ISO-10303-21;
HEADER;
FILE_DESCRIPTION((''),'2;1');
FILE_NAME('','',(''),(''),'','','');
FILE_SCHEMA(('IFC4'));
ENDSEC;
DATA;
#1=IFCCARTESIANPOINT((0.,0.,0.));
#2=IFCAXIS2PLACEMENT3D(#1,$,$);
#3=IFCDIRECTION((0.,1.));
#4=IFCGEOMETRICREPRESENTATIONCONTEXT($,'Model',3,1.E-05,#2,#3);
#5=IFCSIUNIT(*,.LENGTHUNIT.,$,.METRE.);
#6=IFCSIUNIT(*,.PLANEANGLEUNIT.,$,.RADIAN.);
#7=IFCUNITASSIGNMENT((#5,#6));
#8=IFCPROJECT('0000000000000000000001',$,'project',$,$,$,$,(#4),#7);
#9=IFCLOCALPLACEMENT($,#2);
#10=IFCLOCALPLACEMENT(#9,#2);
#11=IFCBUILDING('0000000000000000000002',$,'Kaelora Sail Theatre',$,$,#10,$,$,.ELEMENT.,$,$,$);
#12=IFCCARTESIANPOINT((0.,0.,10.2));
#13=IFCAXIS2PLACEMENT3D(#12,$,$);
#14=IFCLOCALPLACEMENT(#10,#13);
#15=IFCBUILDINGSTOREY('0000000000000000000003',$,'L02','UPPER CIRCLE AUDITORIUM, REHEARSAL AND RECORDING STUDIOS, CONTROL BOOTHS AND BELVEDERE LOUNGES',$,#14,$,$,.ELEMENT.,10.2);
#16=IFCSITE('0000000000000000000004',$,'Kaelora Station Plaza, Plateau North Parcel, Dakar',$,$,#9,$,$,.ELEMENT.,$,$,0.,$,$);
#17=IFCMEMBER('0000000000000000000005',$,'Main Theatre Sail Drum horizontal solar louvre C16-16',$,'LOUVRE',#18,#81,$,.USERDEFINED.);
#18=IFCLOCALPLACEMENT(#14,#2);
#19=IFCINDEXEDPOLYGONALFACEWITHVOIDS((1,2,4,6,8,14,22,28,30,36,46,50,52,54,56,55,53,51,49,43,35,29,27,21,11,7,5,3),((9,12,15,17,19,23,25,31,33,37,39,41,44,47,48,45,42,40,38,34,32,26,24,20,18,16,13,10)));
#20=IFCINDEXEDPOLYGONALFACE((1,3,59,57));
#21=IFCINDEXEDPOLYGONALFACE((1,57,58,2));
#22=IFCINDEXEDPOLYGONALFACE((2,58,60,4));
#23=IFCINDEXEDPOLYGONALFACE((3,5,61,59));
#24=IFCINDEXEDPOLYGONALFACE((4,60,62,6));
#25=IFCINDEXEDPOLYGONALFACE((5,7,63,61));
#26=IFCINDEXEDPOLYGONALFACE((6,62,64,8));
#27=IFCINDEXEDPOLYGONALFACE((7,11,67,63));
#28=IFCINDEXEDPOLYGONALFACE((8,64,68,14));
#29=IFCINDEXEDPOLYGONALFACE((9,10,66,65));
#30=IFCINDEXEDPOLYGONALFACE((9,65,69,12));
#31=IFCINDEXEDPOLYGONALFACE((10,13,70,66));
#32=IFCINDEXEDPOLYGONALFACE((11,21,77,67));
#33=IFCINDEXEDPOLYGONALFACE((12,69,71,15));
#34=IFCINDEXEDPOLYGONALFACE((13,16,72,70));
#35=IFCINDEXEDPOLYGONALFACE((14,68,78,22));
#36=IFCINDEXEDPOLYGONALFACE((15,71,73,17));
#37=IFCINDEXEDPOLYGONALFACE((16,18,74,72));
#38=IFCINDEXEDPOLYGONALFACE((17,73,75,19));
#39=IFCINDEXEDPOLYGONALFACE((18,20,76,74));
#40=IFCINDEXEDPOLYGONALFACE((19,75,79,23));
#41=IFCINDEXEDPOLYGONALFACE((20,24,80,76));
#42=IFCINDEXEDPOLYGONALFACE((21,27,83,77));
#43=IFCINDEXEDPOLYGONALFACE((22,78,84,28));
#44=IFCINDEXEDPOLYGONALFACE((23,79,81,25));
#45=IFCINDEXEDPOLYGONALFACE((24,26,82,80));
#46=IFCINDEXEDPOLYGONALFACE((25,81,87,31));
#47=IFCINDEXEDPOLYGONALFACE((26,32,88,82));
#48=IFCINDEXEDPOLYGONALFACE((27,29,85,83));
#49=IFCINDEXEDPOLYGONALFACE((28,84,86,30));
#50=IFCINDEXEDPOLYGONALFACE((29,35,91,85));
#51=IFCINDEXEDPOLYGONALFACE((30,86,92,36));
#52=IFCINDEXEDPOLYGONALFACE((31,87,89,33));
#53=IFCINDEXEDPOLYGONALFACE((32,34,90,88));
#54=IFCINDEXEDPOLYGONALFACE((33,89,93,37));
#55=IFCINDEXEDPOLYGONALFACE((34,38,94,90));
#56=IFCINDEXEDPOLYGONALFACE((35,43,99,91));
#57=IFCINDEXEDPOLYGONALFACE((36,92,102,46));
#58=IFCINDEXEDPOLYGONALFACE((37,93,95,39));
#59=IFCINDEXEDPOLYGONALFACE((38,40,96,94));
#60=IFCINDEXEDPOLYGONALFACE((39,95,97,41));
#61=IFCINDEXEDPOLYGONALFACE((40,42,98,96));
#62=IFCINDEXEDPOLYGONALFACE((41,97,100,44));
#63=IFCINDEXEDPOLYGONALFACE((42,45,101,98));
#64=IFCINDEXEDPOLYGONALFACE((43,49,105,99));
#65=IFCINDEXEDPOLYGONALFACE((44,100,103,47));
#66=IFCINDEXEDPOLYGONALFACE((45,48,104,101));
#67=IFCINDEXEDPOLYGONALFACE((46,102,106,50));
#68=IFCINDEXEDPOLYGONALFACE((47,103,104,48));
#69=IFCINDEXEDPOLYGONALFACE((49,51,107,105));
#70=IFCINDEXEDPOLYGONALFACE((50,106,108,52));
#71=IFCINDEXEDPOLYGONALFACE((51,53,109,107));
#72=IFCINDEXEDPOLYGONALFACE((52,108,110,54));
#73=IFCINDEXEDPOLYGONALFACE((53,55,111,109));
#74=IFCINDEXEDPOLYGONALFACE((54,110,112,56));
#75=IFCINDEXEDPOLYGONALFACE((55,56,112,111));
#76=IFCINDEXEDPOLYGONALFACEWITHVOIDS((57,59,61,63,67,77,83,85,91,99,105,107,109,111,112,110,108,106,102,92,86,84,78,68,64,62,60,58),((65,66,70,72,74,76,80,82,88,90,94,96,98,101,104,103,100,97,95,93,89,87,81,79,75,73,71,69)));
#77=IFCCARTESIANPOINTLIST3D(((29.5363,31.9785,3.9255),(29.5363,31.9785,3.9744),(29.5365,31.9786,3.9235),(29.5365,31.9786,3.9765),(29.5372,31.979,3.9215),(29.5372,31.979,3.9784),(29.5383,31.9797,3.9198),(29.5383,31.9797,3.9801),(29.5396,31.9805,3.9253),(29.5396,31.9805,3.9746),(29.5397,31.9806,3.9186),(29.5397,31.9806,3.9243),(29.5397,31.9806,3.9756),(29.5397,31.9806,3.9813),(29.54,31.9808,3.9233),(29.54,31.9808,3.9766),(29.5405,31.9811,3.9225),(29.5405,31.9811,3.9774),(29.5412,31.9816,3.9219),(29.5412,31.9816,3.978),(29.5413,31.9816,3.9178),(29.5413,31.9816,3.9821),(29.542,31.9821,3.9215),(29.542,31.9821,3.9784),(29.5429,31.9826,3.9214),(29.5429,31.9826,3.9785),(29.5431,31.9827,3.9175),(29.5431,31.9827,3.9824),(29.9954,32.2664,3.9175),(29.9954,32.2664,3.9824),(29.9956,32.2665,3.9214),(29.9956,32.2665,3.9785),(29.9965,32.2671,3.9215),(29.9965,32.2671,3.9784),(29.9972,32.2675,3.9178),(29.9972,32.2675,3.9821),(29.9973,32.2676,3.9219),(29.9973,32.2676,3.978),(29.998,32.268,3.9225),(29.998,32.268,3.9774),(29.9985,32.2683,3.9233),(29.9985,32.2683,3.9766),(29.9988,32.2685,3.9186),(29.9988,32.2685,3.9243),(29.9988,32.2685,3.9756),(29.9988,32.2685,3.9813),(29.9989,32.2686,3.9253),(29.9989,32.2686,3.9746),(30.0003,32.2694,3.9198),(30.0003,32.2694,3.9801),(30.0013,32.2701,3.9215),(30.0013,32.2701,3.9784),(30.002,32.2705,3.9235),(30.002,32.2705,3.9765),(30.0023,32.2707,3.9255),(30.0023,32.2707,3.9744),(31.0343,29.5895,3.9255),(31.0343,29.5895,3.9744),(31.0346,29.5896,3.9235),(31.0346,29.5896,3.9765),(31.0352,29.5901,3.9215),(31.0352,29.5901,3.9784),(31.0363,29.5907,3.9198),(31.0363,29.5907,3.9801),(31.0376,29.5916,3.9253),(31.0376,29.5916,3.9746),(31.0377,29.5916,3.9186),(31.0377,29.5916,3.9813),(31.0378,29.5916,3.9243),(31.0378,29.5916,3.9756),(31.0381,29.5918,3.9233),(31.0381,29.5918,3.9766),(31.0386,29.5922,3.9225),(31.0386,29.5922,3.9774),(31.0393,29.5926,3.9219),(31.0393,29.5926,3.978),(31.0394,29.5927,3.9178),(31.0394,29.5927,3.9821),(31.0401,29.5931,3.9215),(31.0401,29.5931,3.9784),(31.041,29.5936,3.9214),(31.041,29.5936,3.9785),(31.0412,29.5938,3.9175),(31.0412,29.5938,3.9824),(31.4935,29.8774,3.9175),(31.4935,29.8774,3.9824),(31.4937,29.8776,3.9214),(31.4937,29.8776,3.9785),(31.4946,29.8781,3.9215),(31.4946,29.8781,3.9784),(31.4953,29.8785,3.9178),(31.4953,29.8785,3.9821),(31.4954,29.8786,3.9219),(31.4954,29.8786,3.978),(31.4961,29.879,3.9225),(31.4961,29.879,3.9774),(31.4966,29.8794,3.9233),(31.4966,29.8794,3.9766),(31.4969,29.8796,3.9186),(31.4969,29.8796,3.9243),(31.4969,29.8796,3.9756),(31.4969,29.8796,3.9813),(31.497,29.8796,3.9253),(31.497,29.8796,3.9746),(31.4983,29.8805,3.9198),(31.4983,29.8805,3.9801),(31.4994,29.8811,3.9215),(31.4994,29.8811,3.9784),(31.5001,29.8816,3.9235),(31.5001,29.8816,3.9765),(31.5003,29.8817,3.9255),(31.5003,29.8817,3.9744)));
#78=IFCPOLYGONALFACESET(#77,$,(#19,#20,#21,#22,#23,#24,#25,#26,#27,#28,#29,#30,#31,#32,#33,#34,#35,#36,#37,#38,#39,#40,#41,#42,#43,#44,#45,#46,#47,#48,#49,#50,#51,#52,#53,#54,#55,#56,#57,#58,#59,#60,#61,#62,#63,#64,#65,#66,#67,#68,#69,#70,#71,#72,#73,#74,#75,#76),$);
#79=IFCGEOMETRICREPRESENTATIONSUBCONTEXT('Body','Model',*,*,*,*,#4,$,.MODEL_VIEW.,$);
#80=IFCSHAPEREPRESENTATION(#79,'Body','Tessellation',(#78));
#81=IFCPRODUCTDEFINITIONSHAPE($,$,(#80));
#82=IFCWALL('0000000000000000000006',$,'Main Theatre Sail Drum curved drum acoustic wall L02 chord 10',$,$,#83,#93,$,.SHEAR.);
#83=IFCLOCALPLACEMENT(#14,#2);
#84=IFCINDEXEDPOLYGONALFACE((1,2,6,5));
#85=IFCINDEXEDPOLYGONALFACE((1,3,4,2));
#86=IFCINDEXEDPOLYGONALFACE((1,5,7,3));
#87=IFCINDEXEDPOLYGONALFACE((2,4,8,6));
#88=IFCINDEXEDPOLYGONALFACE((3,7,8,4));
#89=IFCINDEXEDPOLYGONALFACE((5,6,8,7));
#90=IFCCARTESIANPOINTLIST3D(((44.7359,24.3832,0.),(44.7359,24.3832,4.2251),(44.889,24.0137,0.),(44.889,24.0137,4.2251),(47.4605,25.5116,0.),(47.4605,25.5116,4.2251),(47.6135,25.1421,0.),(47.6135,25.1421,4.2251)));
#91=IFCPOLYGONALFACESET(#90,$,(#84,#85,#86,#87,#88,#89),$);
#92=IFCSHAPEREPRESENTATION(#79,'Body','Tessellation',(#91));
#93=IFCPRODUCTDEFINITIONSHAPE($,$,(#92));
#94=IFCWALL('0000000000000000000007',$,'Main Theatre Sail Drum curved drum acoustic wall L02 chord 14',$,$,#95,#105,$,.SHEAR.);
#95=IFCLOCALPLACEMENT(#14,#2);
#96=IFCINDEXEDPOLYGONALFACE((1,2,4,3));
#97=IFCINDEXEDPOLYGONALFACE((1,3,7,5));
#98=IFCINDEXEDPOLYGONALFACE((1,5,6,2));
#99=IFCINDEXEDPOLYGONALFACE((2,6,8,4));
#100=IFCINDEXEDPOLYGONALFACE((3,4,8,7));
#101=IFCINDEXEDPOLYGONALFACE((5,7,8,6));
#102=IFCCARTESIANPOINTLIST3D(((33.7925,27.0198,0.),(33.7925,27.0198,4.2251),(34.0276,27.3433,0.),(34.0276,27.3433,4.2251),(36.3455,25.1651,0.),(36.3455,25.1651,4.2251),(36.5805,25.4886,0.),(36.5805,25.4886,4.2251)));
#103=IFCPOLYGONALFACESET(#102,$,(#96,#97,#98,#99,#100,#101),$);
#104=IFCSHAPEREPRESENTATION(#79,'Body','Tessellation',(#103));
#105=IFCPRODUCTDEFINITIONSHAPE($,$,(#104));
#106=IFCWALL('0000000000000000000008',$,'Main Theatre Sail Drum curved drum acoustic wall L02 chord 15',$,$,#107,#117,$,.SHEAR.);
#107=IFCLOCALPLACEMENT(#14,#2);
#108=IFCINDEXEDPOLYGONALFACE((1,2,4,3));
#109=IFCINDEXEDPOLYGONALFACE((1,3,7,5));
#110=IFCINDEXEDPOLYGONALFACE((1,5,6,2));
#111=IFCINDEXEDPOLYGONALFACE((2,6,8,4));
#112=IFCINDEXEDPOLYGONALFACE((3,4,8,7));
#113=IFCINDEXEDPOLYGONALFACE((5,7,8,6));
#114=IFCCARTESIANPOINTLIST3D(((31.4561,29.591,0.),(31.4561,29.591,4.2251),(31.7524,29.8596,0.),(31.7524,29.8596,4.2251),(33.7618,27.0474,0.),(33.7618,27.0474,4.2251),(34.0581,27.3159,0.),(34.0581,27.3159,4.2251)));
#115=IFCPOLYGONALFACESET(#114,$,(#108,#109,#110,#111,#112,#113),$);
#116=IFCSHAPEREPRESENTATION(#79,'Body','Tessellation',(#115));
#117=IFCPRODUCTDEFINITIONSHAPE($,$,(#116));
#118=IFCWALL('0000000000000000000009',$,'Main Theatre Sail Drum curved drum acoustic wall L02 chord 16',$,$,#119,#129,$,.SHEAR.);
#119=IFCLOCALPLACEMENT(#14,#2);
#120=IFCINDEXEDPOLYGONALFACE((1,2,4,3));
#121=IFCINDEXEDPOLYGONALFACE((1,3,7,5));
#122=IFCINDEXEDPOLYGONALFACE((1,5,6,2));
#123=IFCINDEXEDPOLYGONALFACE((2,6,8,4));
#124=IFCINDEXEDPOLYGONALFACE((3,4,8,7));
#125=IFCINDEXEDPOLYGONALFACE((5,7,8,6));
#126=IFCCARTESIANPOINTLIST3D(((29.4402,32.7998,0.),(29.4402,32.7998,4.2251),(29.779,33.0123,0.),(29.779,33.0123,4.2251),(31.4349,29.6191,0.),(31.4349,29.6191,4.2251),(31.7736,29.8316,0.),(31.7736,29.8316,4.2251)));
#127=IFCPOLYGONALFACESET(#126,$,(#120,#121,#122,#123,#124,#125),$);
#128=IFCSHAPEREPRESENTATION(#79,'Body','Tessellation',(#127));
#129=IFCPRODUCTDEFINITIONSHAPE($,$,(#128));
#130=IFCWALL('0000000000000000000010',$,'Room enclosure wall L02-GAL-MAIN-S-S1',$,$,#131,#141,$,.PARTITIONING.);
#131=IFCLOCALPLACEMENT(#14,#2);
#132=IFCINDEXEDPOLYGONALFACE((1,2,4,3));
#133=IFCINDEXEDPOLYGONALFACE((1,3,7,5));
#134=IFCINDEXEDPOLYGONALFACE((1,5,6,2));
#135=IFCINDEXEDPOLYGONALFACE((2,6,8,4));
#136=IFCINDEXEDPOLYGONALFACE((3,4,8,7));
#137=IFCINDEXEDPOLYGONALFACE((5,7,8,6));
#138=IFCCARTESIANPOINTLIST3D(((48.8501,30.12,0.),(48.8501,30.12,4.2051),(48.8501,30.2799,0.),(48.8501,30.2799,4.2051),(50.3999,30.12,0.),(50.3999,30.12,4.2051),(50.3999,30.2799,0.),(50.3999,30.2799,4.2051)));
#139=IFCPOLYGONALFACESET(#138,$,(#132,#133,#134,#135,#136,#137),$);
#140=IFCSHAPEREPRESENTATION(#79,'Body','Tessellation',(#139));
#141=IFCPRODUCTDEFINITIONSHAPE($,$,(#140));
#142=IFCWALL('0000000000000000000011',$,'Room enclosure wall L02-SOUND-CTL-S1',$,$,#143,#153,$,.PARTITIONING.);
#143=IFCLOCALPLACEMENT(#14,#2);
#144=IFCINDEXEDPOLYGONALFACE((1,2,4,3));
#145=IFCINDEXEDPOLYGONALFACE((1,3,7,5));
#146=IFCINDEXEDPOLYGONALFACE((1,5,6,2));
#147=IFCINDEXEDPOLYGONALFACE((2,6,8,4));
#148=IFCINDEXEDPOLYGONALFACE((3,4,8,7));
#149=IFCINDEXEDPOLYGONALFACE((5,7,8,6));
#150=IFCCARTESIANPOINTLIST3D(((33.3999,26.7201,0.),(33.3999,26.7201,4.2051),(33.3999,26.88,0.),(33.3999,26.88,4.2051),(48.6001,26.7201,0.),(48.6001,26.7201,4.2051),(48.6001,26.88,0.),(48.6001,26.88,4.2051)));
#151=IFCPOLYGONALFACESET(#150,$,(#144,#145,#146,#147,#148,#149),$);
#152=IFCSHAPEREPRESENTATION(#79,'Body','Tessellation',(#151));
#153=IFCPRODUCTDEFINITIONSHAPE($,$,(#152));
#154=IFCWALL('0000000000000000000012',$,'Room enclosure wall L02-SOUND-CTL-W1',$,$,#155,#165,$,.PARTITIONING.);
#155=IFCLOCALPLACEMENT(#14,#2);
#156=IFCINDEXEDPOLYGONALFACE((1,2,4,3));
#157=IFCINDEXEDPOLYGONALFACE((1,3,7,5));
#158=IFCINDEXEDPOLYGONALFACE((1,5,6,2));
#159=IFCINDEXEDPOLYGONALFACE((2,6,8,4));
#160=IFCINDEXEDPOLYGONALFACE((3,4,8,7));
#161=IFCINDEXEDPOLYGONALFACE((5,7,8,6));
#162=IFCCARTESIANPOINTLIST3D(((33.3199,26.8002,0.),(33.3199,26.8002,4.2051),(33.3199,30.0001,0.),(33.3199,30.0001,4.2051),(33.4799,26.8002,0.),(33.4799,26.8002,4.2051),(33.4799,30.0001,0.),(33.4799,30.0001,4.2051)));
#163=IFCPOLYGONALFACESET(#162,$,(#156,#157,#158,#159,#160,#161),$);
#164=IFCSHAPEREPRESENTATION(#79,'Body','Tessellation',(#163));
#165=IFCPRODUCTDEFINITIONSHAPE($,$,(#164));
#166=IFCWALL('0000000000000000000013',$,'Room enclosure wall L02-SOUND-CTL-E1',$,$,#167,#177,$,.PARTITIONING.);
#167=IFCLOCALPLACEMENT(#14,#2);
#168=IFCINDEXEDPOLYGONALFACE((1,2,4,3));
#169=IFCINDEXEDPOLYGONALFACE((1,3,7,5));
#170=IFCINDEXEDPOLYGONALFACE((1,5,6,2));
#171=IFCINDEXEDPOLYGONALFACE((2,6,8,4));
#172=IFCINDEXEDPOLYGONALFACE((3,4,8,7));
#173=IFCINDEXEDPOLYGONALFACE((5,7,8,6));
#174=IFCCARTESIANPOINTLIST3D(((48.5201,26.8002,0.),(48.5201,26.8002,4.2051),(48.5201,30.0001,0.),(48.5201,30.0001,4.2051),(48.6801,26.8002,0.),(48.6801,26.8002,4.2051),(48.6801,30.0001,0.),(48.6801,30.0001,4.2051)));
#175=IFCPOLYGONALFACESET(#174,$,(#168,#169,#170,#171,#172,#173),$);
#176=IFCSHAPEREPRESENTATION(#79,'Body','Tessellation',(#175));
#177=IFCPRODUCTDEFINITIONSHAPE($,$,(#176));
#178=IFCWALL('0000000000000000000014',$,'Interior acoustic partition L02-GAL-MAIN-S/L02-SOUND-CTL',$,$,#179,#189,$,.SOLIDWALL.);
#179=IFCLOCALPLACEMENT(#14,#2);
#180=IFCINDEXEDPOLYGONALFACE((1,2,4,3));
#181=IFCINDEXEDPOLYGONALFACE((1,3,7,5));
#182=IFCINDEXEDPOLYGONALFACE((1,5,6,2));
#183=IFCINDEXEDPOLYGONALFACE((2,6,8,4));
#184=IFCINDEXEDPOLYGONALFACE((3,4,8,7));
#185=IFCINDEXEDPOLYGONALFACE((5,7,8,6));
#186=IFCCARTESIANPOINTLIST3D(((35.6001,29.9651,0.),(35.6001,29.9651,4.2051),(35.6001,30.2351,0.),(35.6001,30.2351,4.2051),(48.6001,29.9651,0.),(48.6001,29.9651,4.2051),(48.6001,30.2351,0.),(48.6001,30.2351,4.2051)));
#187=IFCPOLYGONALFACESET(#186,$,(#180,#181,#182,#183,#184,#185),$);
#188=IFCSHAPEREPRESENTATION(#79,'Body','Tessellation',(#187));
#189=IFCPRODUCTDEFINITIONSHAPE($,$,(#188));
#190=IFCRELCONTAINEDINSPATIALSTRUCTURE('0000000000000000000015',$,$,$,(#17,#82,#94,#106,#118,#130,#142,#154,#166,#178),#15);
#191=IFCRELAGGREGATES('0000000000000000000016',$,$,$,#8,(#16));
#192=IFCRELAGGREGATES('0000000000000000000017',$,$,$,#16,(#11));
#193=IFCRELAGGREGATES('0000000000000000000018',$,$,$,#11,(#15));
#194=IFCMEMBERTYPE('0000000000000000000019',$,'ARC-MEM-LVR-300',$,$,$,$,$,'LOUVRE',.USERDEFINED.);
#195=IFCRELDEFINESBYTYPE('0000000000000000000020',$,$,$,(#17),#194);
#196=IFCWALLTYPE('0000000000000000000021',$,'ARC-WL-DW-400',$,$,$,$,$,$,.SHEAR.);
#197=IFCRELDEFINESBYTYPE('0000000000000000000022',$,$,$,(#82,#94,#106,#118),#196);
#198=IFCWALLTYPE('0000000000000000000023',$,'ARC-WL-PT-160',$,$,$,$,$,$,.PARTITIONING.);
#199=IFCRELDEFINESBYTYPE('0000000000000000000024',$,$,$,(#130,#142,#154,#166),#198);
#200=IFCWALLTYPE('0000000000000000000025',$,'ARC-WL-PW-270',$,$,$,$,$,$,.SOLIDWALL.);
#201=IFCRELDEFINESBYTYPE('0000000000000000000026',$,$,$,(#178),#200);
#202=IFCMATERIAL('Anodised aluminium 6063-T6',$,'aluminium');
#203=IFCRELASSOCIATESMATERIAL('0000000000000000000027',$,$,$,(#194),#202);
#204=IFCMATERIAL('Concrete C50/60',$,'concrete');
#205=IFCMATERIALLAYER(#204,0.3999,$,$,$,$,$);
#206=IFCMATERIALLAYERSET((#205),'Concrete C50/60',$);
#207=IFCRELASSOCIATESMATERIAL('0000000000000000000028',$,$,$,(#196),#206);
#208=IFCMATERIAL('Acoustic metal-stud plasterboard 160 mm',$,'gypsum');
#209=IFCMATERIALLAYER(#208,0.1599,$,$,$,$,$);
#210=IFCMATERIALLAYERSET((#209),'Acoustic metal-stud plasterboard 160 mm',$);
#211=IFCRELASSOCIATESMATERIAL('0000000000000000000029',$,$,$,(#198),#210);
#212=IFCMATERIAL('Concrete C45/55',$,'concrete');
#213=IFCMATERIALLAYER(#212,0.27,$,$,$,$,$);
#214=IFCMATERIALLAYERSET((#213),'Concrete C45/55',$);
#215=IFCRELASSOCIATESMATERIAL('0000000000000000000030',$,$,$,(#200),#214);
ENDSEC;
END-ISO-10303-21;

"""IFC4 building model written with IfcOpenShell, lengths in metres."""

from ifc_helpers import new_model, si_unit, direction, frame, frame_2d, origin, origin_2d, place, context, subcontext, project, spatial, rectangle, hollow_rectangle, extrude, material, layer, layer_set, material_profile, profile_set, type_object, element, save


model = new_model("IFC4")

# Units and contexts
model_context = context("Model", 3, precision=1e-05, world=origin(), true_north=direction((0.0, 1.0)))
body_context = subcontext(model_context, "Body", "Model", "MODEL_VIEW")
ifc_project = project(units=[si_unit("LENGTHUNIT", "METRE"), si_unit("PLANEANGLEUNIT", "RADIAN")], contexts=[model_context])

# Site, building, storey
site_placement = place(None, origin())
site = spatial("IfcSite", under=ifc_project, at=site_placement, Name="Kaelora Station Plaza, Plateau North Parcel, Dakar", CompositionType="ELEMENT", RefElevation=0.0)
building_placement = place(site_placement, origin())
building = spatial("IfcBuilding", under=site, at=building_placement, Name="Kaelora Sail Theatre", CompositionType="ELEMENT")
storey_placement = place(building_placement, frame((0.0, 0.0, 10.2)))
storey = spatial("IfcBuildingStorey", under=building, at=storey_placement, Name="L02", Description="UPPER CIRCLE AUDITORIUM, REHEARSAL AND RECORDING STUDIOS, CONTROL BOOTHS AND BELVEDERE LOUNGES", CompositionType="ELEMENT", Elevation=10.2)

# Member
ifc_material_1 = material(Name="Anodised aluminium 6063-T6", Category="aluminium")
ifc_material_profile_1 = material_profile(ifc_material_1, hollow_rectangle(XDim=0.55, YDim=0.0649, WallThickness=0.0039, InnerFilletRadius=0.0039, OuterFilletRadius=0.0081, at=origin_2d()), Name="LOUVRE 550x65x4")
ifc_profile_set_1 = profile_set([ifc_material_profile_1], Name="Anodised aluminium 6063-T6")
member_type = type_object("IfcMemberType", Name="ARC-MEM-LVR-300", ElementType="LOUVRE", PredefinedType="USERDEFINED", material=ifc_profile_set_1)
for number, where, z_axis, x_axis, name in (
    (1, (31.2673, 29.7356, 3.95), (-0.531267, 0.847204, 0.0), (-0.847204, -0.531267, 0.0), "Main Theatre Sail Drum horizontal solar louvre C16-16"),
):
    element("IfcMember", number, at=place(storey_placement, frame(where, z_axis=z_axis, x_axis=x_axis)), inside=storey, type_object=member_type, Name=name, ObjectType="LOUVRE", PredefinedType="USERDEFINED", context=body_context, shape_type="SweptSolid", body=[
        extrude(hollow_rectangle(XDim=0.55, YDim=0.0649, WallThickness=0.0039, InnerFilletRadius=0.0039, OuterFilletRadius=0.0081, at=origin_2d()), origin(), (0.0, 0.0, 1.0), 2.8198),
    ])

# Walls
ifc_material_2 = material(Name="Concrete C50/60", Category="concrete")
ifc_layer_1 = layer(ifc_material_2, 0.3999)
ifc_layer_set_1 = layer_set([ifc_layer_1], Name="Concrete C50/60")
wall_type_1 = type_object("IfcWallType", Name="ARC-WL-DW-400", PredefinedType="SHEAR", material=ifc_layer_set_1)
wall_1_placement = place(storey_placement, frame((47.5371, 25.3269, 0.0), z_axis=(0.0, 0.0, 1.0), x_axis=(-0.923898, -0.382639, 0.0)))
element("IfcWall", 2, at=wall_1_placement, inside=storey, type_object=wall_type_1, Name="Main Theatre Sail Drum curved drum acoustic wall L02 chord 10", PredefinedType="SHEAR", context=body_context, shape_type="SweptSolid", body=[
    extrude(rectangle(XDim=2.949, YDim=0.3999, at=frame_2d((1.4746, 0.0))), origin(), (0.0, 0.0, 1.0), 4.2251),
])
wall_2_placement = place(storey_placement, frame((36.4629, 25.3269, 0.0), z_axis=(0.0, 0.0, 1.0), x_axis=(-0.809034, 0.587762, 0.0)))
element("IfcWall", 3, at=wall_2_placement, inside=storey, type_object=wall_type_1, Name="Main Theatre Sail Drum curved drum acoustic wall L02 chord 14", PredefinedType="SHEAR", context=body_context, shape_type="SweptSolid", body=[
    extrude(rectangle(XDim=3.1555, YDim=0.3999, at=frame_2d((1.5776, 0.0))), origin(), (0.0, 0.0, 1.0), 4.2251),
])
wall_3_placement = place(storey_placement, frame((33.9099, 27.1816, 0.0), z_axis=(0.0, 0.0, 1.0), x_axis=(-0.671589, 0.740924, 0.0)))
element("IfcWall", 4, at=wall_3_placement, inside=storey, type_object=wall_type_1, Name="Main Theatre Sail Drum curved drum acoustic wall L02 chord 15", PredefinedType="SHEAR", context=body_context, shape_type="SweptSolid", body=[
    extrude(rectangle(XDim=3.4331, YDim=0.3999, at=frame_2d((1.7166, 0.0))), origin(), (0.0, 0.0, 1.0), 4.2251),
])
wall_4_placement = place(storey_placement, frame((31.6042, 29.7253, 0.0), z_axis=(0.0, 0.0, 1.0), x_axis=(-0.531284, 0.847194, 0.0)))
element("IfcWall", 5, at=wall_4_placement, inside=storey, type_object=wall_type_1, Name="Main Theatre Sail Drum curved drum acoustic wall L02 chord 16", PredefinedType="SHEAR", context=body_context, shape_type="SweptSolid", body=[
    extrude(rectangle(XDim=3.7544, YDim=0.3999, at=frame_2d((1.8772, 0.0))), origin(), (0.0, 0.0, 1.0), 4.2251),
])

# Walls
ifc_material_3 = material(Name="Acoustic metal-stud plasterboard 160 mm", Category="gypsum")
ifc_layer_2 = layer(ifc_material_3, 0.1599)
ifc_layer_set_2 = layer_set([ifc_layer_2], Name="Acoustic metal-stud plasterboard 160 mm")
wall_type_2 = type_object("IfcWallType", Name="ARC-WL-PT-160", PredefinedType="PARTITIONING", material=ifc_layer_set_2)
wall_5_placement = place(storey_placement, frame((48.8501, 30.2, 0.0), z_axis=(0.0, 0.0, 1.0), x_axis=(1.0, 0.0, 0.0)))
element("IfcWall", 6, at=wall_5_placement, inside=storey, type_object=wall_type_2, Name="Room enclosure wall L02-GAL-MAIN-S-S1", PredefinedType="PARTITIONING", context=body_context, shape_type="SweptSolid", body=[
    extrude(rectangle(XDim=1.5498, YDim=0.1599, at=frame_2d((0.7749, 0.0))), origin(), (0.0, 0.0, 1.0), 4.2051),
])
wall_6_placement = place(storey_placement, frame((33.3999, 26.8, 0.0), z_axis=(0.0, 0.0, 1.0), x_axis=(1.0, 0.0, 0.0)))
element("IfcWall", 7, at=wall_6_placement, inside=storey, type_object=wall_type_2, Name="Room enclosure wall L02-SOUND-CTL-S1", PredefinedType="PARTITIONING", context=body_context, shape_type="SweptSolid", body=[
    extrude(rectangle(XDim=15.2002, YDim=0.1599, at=frame_2d((7.6001, 0.0))), origin(), (0.0, 0.0, 1.0), 4.2051),
])
for number, where, z_axis, x_axis, name in (
    (8, (33.3999, 26.8, 0.0), (0.0, 0.0, 1.0), (0.0, 1.0, 0.0), "Room enclosure wall L02-SOUND-CTL-W1"),
    (9, (48.6001, 26.8, 0.0), (0.0, 0.0, 1.0), (0.0, 1.0, 0.0), "Room enclosure wall L02-SOUND-CTL-E1"),
):
    element("IfcWall", number, at=place(storey_placement, frame(where, z_axis=z_axis, x_axis=x_axis)), inside=storey, type_object=wall_type_2, Name=name, PredefinedType="PARTITIONING", context=body_context, shape_type="SweptSolid", body=[
        extrude(rectangle(XDim=3.2, YDim=0.1599, at=frame_2d((1.6001, 0.0))), origin(), (0.0, 0.0, 1.0), 4.2051),
    ])

# Shared definitions
ifc_material_4 = material(Name="Concrete C45/55", Category="concrete")
ifc_layer_3 = layer(ifc_material_4, 0.27)
ifc_layer_set_3 = layer_set([ifc_layer_3], Name="Concrete C45/55")
wall_type_3 = type_object("IfcWallType", Name="ARC-WL-PW-270", PredefinedType="SOLIDWALL", material=ifc_layer_set_3)

# Wall
wall_7_placement = place(storey_placement, frame((35.6001, 30.1001, 0.0), z_axis=(0.0, 0.0, 1.0), x_axis=(1.0, 0.0, 0.0)))
element("IfcWall", 10, at=wall_7_placement, inside=storey, type_object=wall_type_3, Name="Interior acoustic partition L02-GAL-MAIN-S/L02-SOUND-CTL", PredefinedType="SOLIDWALL", context=body_context, shape_type="SweptSolid", body=[
    extrude(rectangle(XDim=13.0, YDim=0.27, at=frame_2d((6.5, 0.0))), origin(), (0.0, 0.0, 1.0), 4.2051),
])

save(model, "model.ifc")
